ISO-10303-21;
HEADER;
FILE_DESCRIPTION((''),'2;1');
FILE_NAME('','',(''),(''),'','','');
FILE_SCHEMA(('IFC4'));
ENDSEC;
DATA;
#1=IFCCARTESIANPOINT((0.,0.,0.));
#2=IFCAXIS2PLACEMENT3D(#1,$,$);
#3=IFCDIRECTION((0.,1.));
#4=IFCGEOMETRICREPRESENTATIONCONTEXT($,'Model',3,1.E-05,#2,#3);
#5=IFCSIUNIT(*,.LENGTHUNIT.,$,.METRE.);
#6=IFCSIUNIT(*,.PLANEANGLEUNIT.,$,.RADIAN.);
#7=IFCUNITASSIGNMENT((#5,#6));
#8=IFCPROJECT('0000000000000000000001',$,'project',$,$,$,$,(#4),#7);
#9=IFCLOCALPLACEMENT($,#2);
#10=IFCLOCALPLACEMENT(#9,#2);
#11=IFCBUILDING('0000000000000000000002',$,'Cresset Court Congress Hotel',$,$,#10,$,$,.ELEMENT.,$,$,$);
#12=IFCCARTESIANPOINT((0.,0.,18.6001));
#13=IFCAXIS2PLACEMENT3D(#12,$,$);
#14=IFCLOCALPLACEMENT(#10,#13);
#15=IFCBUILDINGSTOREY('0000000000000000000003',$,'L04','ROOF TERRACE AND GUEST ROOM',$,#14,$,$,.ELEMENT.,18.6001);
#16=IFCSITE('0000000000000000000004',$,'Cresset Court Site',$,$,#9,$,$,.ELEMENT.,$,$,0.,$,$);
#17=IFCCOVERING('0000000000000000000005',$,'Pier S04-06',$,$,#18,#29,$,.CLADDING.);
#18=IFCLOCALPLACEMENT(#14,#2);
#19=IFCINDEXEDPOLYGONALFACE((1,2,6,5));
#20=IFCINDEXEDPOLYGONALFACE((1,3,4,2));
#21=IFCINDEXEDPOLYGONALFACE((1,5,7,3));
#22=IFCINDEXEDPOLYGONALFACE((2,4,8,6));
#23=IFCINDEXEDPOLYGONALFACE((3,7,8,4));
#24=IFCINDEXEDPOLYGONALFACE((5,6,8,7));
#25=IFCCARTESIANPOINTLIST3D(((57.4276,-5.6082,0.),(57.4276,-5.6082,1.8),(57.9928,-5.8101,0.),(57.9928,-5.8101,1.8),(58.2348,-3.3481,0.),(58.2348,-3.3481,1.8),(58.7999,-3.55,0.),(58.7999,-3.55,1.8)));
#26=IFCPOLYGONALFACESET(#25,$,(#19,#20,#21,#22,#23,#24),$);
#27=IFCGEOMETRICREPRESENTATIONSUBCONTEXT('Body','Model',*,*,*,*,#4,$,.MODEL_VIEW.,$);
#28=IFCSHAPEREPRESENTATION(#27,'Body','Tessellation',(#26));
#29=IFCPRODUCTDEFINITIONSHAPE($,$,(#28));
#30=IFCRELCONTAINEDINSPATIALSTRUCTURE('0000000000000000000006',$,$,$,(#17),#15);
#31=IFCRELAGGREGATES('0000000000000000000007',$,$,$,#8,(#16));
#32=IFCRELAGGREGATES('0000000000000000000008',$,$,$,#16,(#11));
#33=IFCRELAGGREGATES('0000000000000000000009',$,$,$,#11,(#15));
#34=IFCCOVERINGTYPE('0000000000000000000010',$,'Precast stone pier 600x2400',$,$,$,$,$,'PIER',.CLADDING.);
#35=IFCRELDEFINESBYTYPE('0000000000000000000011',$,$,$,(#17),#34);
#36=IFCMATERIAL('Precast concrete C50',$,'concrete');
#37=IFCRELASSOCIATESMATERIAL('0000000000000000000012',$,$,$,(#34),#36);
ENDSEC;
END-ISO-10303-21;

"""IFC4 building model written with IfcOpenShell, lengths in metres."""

from ifc_helpers import new_model, si_unit, direction, frame, origin, origin_2d, place, context, subcontext, project, spatial, rectangle, extrude, material, type_object, element, save


model = new_model("IFC4")

# Units and contexts
model_context = context("Model", 3, precision=1e-05, world=origin(), true_north=direction((0.0, 1.0)))
body_context = subcontext(model_context, "Body", "Model", "MODEL_VIEW")
ifc_project = project(units=[si_unit("LENGTHUNIT", "METRE"), si_unit("PLANEANGLEUNIT", "RADIAN")], contexts=[model_context])

# Site, building, storey
site_placement = place(None, origin())
site = spatial("IfcSite", under=ifc_project, at=site_placement, Name="Cresset Court Site", CompositionType="ELEMENT", RefElevation=0.0)
building_placement = place(site_placement, origin())
building = spatial("IfcBuilding", under=site, at=building_placement, Name="Cresset Court Congress Hotel", CompositionType="ELEMENT")
storey_placement = place(building_placement, frame((0.0, 0.0, 18.6001)))
storey = spatial("IfcBuildingStorey", under=building, at=storey_placement, Name="L04", Description="ROOF TERRACE AND GUEST ROOM", CompositionType="ELEMENT", Elevation=18.6001)

# Covering
ifc_material_1 = material(Name="Precast concrete C50", Category="concrete")
covering_type_1 = type_object("IfcCoveringType", Name="Precast stone pier 600x2400", ElementType="PIER", PredefinedType="CLADDING", material=ifc_material_1)
covering_1_placement = place(storey_placement, frame((58.1138, -4.5791, 0.0), z_axis=(0.0, 0.0, 1.0), x_axis=(0.941742, -0.336336, 0.0)))
element("IfcCovering", 1, at=covering_1_placement, inside=storey, type_object=covering_type_1, Name="Pier S04-06", PredefinedType="CLADDING", context=body_context, shape_type="SweptSolid", body=[
    extrude(rectangle(XDim=0.6001, YDim=2.3999, at=origin_2d()), origin(), (0.0, 0.0, 1.0), 1.8),
])

save(model, "model.ifc")
